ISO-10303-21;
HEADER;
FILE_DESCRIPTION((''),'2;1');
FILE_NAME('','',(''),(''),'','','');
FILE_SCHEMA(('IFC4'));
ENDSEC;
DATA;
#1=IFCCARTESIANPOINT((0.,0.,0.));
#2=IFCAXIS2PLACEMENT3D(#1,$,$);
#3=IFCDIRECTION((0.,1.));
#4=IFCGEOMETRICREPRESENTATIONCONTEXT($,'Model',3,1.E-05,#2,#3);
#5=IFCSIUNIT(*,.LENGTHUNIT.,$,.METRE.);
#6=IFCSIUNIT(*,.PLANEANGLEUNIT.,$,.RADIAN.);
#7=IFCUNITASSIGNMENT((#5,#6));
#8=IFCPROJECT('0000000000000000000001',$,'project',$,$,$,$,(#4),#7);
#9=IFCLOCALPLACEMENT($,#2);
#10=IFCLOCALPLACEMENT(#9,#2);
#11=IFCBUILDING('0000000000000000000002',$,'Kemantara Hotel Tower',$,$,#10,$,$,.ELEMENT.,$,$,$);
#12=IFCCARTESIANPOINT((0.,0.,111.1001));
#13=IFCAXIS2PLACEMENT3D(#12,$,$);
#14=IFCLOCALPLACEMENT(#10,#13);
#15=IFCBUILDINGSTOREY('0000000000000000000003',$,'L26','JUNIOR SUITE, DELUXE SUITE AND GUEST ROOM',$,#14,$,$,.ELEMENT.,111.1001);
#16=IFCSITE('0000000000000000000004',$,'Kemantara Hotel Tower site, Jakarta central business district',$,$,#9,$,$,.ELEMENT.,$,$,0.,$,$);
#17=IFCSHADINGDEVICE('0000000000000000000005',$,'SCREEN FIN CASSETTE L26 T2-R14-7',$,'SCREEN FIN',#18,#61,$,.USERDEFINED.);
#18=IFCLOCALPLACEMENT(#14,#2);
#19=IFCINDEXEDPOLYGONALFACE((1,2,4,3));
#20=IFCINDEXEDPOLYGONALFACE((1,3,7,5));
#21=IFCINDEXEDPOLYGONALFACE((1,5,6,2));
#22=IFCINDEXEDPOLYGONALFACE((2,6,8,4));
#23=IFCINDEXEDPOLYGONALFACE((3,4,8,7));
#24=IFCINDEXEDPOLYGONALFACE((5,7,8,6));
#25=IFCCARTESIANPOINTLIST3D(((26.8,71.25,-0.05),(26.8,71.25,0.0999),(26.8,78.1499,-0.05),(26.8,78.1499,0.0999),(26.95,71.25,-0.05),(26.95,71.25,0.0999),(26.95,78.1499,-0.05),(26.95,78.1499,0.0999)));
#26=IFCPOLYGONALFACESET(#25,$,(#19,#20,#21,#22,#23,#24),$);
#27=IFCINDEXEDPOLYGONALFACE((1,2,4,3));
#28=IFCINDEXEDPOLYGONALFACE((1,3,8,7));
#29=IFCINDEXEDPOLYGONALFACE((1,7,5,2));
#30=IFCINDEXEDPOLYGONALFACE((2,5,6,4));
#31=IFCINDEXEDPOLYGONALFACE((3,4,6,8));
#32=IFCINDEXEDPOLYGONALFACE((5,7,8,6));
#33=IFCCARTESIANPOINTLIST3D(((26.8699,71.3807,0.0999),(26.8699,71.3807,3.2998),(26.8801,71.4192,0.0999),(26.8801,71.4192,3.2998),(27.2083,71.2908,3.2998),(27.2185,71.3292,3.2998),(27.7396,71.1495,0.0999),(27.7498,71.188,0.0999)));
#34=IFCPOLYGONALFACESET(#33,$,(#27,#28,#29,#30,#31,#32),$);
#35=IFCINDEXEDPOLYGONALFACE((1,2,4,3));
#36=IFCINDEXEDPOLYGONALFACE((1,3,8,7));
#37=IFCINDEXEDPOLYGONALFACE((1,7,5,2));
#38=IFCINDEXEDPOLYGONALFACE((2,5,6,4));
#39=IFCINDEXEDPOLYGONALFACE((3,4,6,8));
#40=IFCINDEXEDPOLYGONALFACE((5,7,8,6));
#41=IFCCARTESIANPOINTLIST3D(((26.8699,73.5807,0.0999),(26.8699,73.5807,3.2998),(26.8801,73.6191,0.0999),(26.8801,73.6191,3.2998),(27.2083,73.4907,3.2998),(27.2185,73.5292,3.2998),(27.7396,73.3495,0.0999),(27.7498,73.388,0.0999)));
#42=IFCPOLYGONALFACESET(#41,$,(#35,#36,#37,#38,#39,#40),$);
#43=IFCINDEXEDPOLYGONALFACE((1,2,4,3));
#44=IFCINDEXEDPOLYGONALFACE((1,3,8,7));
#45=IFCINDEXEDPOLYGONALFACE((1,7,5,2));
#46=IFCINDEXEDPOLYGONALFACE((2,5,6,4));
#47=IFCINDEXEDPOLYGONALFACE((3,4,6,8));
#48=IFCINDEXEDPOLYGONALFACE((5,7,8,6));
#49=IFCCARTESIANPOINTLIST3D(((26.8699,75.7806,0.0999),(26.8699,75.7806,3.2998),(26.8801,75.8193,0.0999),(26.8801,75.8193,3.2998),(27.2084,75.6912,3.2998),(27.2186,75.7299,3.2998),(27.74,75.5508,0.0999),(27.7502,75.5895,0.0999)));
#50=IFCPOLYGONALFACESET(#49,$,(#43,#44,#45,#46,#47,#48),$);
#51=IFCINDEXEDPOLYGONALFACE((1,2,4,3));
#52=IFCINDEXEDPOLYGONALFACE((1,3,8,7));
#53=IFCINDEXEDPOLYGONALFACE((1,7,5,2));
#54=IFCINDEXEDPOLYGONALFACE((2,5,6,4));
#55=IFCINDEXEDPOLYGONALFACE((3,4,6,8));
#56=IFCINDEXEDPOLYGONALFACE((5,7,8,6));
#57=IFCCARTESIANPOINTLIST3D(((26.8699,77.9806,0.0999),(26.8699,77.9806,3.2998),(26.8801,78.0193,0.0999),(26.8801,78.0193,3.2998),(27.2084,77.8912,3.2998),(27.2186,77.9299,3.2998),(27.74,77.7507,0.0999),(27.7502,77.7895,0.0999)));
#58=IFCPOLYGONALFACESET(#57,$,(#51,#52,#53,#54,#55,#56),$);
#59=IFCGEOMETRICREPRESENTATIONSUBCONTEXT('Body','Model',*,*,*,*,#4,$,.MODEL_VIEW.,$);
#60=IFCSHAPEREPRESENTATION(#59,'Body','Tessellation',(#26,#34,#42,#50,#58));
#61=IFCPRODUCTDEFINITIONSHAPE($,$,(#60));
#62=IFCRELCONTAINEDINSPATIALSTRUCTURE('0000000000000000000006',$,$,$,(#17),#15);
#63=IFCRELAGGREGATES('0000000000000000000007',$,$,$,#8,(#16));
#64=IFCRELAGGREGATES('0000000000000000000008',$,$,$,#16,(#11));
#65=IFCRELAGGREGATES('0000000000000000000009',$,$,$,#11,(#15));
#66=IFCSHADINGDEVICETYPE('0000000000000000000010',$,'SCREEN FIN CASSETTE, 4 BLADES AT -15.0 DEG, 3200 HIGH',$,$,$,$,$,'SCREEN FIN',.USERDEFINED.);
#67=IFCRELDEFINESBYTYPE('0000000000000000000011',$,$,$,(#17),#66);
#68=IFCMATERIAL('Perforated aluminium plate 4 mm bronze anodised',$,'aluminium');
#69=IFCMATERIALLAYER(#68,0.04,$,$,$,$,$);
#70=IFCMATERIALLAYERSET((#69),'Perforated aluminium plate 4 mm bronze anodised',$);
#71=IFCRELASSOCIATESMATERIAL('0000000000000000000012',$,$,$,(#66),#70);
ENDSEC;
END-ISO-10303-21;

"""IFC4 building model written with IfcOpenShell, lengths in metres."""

from ifc_helpers import new_model, si_unit, direction, frame, origin, origin_2d, place, context, subcontext, project, spatial, polyline, rectangle, outline, extrude, source, transform, mapped, material, layer, layer_set, type_object, element, save


model = new_model("IFC4")

# Units and contexts
model_context = context("Model", 3, precision=1e-05, world=origin(), true_north=direction((0.0, 1.0)))
body_context = subcontext(model_context, "Body", "Model", "MODEL_VIEW")
ifc_project = project(units=[si_unit("LENGTHUNIT", "METRE"), si_unit("PLANEANGLEUNIT", "RADIAN")], contexts=[model_context])

# Site, building, storey
site_placement = place(None, origin())
site = spatial("IfcSite", under=ifc_project, at=site_placement, Name="Kemantara Hotel Tower site, Jakarta central business district", CompositionType="ELEMENT", RefElevation=0.0)
building_placement = place(site_placement, origin())
building = spatial("IfcBuilding", under=site, at=building_placement, Name="Kemantara Hotel Tower", CompositionType="ELEMENT")
storey_placement = place(building_placement, frame((0.0, 0.0, 111.1001)))
storey = spatial("IfcBuildingStorey", under=building, at=storey_placement, Name="L26", Description="JUNIOR SUITE, DELUXE SUITE AND GUEST ROOM", CompositionType="ELEMENT", Elevation=111.1001)

# Shading device
ifc_material_1 = material(Name="Perforated aluminium plate 4 mm bronze anodised", Category="aluminium")
ifc_layer_1 = layer(ifc_material_1, 0.04)
ifc_layer_set_1 = layer_set([ifc_layer_1], Name="Perforated aluminium plate 4 mm bronze anodised")
shading_device_type_1 = type_object("IfcShadingDeviceType", Name="SCREEN FIN CASSETTE, 4 BLADES AT -15.0 DEG, 3200 HIGH", ElementType="SCREEN FIN", PredefinedType="USERDEFINED", material=ifc_layer_set_1)
shared_shape_1 = source(origin(), body_context, "Body", "SweptSolid", [
    extrude(rectangle(XDim=6.8999, YDim=0.1499, at=origin_2d()), frame((3.3, -0.075, -0.1499), z_axis=(0.0, 0.0, 1.0), x_axis=(1.0, 0.0, 0.0)), (0.0, 0.0, 1.0), 0.1499),
    extrude(outline(polyline([(0.0, 0.0), (0.8999, 0.0), (0.3501, 3.2), (0.0, 3.2), (0.0, 0.0)])), frame((0.0193, -0.0801, 0.0), z_axis=(-0.966438, 0.256901, 0.0), x_axis=(-0.256901, -0.966438, 0.0)), (0.0, 0.0, 1.0), 0.0398),
    extrude(outline(polyline([(0.0, 0.0), (0.8999, 0.0), (0.3501, 3.2), (0.0, 3.2), (0.0, 0.0)])), frame((2.2192, -0.0801, 0.0), z_axis=(-0.966438, 0.256901, 0.0), x_axis=(-0.256901, -0.966438, 0.0)), (0.0, 0.0, 1.0), 0.0398),
    extrude(outline(polyline([(0.0, 0.0), (0.8999, 0.0), (0.3501, 3.2), (0.0, 3.2), (0.0, 0.0)])), frame((4.4194, -0.0801, 0.0), z_axis=(-0.966838, 0.255391, 0.0), x_axis=(-0.255391, -0.966838, 0.0)), (0.0, 0.0, 1.0), 0.04),
    extrude(outline(polyline([(0.0, 0.0), (0.8999, 0.0), (0.3501, 3.2), (0.0, 3.2), (0.0, 0.0)])), frame((6.6194, -0.0801, 0.0), z_axis=(-0.966838, 0.255391, 0.0), x_axis=(-0.255391, -0.966838, 0.0)), (0.0, 0.0, 1.0), 0.04),
])
shading_device_1_placement = place(storey_placement, frame((26.8, 71.3999, 0.0999), z_axis=(0.0, 0.0, 1.0), x_axis=(0.0, 1.0, 0.0)))
element("IfcShadingDevice", 1, at=shading_device_1_placement, inside=storey, type_object=shading_device_type_1, Name="SCREEN FIN CASSETTE L26 T2-R14-7", ObjectType="SCREEN FIN", PredefinedType="USERDEFINED", context=body_context, shape_type="MappedRepresentation", body=[
    mapped(shared_shape_1, transform((0.0, 0.0, 0.0))),
])

save(model, "model.ifc")
